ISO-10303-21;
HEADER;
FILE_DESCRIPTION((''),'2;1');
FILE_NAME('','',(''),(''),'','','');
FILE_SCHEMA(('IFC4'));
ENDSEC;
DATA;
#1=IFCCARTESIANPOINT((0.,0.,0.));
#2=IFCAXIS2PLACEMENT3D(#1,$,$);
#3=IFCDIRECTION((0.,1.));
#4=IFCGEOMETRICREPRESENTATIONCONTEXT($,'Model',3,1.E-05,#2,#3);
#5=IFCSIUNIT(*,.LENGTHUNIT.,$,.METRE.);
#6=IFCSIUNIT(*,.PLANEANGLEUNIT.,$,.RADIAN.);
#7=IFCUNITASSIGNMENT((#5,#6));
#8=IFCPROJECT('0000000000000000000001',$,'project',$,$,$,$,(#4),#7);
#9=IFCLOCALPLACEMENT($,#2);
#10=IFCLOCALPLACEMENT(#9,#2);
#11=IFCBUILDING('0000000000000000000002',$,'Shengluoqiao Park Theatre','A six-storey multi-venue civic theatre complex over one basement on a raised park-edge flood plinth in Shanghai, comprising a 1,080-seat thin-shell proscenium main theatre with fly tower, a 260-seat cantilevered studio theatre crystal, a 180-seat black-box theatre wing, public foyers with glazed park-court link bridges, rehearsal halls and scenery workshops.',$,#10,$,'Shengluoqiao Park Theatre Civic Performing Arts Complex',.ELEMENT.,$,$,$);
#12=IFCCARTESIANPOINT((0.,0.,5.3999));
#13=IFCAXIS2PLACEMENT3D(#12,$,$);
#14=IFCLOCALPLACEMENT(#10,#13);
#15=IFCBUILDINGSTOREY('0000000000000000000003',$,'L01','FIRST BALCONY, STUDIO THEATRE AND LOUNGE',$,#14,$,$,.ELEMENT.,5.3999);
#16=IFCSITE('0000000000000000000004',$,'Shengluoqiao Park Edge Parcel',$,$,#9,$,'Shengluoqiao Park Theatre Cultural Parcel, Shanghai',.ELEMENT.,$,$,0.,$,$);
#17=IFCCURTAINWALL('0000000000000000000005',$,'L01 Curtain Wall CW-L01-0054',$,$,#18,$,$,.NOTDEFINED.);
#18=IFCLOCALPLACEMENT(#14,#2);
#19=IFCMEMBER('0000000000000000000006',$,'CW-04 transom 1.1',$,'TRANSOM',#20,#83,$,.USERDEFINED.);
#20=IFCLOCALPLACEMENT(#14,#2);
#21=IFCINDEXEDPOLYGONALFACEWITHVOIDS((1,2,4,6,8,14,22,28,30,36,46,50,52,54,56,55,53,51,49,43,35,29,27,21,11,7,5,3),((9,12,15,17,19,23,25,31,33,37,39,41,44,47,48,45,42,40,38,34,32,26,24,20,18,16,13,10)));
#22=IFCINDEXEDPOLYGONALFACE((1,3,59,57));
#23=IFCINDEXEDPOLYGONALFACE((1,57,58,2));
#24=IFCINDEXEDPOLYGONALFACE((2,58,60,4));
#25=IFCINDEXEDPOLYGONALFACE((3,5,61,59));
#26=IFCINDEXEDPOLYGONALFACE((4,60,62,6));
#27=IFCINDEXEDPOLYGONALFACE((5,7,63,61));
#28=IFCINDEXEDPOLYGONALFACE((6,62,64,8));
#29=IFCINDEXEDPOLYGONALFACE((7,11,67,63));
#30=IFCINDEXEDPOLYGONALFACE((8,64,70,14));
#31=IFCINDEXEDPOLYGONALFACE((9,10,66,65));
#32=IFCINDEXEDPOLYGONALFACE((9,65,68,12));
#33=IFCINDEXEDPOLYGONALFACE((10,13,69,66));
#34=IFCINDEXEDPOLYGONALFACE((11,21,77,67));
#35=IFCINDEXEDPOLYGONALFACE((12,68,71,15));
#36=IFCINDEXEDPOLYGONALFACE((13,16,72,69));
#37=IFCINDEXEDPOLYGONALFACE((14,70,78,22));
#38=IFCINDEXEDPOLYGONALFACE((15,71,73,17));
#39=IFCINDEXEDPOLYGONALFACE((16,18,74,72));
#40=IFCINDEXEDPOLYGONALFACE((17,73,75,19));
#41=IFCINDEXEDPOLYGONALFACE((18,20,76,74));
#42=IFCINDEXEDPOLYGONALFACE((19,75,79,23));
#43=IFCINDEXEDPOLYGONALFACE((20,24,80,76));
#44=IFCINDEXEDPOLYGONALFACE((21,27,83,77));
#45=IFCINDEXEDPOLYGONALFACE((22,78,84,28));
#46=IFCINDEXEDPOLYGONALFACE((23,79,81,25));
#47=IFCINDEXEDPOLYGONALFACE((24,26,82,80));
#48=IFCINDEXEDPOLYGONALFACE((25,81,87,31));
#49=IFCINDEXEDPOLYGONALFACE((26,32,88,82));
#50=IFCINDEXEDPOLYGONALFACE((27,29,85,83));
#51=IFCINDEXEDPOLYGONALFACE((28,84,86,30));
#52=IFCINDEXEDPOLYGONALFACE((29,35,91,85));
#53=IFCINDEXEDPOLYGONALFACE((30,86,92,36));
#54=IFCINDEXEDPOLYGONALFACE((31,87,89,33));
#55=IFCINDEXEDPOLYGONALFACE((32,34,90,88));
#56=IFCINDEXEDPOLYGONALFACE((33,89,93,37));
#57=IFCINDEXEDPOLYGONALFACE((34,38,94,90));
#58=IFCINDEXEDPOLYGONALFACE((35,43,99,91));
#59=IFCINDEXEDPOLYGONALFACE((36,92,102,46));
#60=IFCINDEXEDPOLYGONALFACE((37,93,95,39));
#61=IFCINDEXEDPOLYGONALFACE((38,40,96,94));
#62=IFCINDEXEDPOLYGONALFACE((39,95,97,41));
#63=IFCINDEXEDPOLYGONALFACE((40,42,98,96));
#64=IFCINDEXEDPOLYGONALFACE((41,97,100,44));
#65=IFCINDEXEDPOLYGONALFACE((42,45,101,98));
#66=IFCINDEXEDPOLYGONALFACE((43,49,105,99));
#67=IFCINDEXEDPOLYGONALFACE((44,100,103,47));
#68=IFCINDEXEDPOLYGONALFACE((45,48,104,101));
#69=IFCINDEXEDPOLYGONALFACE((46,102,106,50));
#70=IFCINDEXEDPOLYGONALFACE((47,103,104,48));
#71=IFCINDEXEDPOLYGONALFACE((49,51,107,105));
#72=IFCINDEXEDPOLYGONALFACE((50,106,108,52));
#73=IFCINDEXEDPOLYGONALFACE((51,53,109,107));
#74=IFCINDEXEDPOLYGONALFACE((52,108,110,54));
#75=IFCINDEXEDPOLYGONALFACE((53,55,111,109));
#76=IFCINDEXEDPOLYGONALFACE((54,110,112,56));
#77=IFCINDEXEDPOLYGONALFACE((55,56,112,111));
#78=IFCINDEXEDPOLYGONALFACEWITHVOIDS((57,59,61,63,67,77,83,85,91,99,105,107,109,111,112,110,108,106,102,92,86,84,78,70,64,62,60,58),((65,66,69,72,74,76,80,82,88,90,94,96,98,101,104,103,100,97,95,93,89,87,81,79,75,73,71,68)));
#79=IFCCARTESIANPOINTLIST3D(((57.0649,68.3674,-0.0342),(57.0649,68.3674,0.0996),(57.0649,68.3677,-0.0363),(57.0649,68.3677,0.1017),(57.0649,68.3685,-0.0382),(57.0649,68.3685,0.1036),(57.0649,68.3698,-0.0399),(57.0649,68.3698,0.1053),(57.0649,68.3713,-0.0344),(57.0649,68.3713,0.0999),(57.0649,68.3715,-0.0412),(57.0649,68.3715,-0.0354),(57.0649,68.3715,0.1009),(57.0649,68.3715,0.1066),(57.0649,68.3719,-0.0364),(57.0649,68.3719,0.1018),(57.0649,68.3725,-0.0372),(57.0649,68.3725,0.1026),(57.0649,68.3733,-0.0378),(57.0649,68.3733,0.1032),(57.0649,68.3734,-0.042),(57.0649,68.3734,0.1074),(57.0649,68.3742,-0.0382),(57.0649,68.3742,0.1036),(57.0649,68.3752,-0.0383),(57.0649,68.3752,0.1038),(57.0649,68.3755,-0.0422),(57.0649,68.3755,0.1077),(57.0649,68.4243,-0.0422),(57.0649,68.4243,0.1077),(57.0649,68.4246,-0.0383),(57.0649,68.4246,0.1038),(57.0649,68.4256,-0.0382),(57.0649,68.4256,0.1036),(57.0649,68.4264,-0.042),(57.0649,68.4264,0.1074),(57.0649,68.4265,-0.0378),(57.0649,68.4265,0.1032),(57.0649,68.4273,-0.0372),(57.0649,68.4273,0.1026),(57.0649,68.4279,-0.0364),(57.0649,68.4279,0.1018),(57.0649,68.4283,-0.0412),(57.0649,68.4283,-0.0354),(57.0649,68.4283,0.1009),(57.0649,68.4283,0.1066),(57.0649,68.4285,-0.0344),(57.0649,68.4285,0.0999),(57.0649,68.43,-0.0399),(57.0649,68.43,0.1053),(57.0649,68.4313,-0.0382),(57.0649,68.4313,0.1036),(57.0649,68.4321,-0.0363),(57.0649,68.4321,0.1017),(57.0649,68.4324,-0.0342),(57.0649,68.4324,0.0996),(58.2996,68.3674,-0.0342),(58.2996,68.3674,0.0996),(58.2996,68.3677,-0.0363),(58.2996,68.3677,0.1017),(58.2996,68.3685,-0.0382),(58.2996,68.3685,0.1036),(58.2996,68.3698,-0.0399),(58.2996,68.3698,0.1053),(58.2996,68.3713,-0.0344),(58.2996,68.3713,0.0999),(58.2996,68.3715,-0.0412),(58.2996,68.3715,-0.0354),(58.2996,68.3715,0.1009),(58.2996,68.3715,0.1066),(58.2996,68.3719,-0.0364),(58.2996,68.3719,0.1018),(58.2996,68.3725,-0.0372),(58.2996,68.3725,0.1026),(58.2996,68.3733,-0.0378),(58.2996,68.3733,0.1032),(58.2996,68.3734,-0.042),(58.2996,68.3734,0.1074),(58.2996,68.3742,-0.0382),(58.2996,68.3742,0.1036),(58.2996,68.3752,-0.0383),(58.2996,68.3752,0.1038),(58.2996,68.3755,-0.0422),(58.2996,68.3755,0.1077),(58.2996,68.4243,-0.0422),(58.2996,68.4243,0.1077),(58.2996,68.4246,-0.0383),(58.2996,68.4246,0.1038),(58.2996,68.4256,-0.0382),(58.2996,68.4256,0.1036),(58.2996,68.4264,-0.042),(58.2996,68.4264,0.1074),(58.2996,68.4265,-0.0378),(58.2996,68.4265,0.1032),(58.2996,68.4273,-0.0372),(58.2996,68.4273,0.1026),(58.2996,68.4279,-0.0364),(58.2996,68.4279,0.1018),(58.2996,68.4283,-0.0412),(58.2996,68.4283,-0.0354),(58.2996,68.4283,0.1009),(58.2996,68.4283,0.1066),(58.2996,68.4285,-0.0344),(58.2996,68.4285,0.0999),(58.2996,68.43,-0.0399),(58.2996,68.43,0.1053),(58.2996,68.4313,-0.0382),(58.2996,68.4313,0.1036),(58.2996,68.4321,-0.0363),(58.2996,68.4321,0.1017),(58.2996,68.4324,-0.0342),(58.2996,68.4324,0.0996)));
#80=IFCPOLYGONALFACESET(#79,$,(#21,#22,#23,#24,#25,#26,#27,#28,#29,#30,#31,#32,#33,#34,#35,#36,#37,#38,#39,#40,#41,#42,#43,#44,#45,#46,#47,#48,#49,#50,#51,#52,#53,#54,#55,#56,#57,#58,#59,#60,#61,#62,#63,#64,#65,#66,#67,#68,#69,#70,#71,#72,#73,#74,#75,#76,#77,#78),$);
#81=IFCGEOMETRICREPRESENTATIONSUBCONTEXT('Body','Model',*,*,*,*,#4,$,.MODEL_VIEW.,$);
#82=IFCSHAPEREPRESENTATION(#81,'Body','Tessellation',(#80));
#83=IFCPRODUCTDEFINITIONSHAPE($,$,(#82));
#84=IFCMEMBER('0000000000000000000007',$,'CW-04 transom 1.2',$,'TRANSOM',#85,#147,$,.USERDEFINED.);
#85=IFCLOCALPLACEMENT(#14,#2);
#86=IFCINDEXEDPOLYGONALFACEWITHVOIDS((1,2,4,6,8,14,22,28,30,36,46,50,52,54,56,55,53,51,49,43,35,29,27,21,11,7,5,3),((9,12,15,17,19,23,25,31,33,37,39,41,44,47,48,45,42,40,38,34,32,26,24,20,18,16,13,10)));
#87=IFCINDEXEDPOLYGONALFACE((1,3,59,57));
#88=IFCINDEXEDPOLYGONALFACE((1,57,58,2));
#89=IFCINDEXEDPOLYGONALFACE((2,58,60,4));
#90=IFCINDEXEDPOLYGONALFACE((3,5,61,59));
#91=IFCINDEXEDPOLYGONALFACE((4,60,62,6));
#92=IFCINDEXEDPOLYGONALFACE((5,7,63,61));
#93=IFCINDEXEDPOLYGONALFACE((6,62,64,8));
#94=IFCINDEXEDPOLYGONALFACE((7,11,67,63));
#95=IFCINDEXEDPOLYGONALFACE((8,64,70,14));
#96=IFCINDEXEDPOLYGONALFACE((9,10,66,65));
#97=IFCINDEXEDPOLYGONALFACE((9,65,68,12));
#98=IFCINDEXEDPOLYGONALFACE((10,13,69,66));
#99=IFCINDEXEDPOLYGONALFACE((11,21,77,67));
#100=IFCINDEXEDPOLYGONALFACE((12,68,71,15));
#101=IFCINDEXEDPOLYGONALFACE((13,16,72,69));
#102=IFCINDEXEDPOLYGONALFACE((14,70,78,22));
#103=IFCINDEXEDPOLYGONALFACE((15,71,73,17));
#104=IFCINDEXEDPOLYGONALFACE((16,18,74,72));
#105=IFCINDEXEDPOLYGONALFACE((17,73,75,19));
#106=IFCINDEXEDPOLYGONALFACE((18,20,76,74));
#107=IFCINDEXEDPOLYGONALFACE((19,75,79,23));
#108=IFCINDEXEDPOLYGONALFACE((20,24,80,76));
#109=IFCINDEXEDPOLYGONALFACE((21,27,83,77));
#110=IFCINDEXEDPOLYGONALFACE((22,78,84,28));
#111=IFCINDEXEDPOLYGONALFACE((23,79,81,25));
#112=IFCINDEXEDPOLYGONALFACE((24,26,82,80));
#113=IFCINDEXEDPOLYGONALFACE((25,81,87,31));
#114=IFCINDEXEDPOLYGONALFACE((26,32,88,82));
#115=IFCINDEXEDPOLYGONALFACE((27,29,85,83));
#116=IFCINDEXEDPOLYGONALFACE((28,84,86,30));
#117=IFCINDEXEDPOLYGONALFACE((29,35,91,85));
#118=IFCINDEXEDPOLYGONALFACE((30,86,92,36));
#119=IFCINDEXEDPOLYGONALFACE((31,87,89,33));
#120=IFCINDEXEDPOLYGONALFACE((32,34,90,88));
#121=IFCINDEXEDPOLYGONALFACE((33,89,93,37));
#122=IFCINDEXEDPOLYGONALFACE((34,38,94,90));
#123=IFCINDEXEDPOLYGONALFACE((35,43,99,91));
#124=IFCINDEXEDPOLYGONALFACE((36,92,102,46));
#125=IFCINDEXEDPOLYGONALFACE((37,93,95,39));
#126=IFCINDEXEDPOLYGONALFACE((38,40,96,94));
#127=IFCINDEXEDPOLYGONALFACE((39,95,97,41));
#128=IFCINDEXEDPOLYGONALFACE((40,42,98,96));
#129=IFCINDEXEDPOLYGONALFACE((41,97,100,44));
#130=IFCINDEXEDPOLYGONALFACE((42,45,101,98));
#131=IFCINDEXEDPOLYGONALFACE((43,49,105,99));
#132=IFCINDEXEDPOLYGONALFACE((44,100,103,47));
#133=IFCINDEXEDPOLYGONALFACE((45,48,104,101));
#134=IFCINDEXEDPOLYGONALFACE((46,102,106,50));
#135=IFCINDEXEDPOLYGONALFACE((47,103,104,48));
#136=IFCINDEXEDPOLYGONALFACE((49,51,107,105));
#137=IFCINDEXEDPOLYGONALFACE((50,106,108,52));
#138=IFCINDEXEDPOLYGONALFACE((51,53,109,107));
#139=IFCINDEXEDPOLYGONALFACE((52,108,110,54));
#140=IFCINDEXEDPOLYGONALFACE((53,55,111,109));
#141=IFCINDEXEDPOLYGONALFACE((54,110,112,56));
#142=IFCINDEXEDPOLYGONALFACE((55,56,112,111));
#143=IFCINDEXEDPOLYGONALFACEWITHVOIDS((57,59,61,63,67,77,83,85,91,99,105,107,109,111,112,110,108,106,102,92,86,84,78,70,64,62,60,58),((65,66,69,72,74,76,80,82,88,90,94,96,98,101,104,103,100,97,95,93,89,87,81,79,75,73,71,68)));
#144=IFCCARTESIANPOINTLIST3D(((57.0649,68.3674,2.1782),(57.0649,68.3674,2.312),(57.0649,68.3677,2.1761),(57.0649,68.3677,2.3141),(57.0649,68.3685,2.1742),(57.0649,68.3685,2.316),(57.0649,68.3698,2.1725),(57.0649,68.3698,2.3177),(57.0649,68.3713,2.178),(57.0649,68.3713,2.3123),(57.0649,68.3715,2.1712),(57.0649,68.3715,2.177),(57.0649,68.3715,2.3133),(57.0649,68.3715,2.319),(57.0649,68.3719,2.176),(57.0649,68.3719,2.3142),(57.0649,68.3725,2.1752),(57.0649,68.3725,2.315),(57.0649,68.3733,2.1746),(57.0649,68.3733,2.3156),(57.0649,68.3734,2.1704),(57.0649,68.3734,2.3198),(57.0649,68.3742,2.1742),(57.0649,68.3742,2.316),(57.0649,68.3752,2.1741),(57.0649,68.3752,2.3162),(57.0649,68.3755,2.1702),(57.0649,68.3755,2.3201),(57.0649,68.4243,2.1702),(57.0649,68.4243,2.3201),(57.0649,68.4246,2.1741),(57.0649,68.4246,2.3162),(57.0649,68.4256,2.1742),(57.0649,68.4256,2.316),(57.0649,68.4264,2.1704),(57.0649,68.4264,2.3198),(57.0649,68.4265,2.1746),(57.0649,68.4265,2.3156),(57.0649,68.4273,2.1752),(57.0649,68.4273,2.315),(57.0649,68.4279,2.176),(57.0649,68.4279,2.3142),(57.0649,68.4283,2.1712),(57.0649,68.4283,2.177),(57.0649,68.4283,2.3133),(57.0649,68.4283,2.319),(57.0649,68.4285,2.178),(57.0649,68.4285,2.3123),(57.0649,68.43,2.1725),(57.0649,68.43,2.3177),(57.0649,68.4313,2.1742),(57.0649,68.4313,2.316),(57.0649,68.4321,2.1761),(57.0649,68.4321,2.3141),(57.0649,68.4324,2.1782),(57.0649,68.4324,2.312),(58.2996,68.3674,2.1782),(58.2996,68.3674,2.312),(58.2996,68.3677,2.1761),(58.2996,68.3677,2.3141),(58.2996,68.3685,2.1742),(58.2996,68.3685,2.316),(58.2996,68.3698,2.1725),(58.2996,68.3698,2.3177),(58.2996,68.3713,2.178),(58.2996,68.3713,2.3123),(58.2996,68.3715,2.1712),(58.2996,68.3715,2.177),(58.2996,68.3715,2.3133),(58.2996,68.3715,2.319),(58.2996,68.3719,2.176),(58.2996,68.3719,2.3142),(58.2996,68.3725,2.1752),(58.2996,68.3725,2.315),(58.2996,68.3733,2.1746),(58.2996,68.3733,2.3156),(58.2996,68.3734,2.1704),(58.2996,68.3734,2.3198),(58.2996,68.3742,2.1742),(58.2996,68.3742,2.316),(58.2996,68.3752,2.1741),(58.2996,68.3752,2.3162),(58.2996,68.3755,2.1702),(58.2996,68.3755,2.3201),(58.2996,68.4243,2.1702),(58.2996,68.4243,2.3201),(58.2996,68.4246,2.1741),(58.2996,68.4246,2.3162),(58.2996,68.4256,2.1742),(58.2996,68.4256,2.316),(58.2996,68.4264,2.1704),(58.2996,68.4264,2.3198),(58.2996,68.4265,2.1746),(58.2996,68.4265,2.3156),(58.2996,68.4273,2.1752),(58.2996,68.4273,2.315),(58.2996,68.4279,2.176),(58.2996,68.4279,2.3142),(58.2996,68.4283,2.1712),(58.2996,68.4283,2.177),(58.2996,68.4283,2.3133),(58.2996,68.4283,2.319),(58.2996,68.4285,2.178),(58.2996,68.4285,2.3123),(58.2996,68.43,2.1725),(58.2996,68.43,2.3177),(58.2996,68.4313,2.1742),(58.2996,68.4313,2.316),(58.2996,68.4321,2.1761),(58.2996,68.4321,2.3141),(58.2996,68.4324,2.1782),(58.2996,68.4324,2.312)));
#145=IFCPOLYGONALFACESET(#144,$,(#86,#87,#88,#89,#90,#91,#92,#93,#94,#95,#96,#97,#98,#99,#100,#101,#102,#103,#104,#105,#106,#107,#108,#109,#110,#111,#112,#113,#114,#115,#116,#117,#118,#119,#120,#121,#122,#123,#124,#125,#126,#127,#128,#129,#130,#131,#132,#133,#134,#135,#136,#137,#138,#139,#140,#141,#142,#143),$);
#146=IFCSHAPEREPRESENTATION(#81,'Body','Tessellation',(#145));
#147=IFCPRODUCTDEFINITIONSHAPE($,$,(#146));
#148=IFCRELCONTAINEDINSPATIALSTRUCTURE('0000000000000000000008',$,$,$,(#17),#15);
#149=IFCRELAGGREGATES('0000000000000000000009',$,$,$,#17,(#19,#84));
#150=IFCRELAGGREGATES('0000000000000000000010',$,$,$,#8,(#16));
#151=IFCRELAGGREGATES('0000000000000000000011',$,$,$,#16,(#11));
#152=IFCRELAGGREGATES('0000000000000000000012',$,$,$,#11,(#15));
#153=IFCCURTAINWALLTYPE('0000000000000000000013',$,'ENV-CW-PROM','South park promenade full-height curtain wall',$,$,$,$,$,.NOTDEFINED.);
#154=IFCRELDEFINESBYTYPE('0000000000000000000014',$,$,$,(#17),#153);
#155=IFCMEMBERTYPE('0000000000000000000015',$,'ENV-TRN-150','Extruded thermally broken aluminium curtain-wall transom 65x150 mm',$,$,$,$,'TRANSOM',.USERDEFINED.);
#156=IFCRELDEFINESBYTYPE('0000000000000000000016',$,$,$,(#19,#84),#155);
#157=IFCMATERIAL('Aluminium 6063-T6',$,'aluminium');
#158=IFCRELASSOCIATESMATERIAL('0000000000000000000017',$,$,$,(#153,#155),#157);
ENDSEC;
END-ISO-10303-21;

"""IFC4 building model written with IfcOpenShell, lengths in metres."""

from ifc_helpers import new_model, si_unit, direction, frame, origin, origin_2d, place, context, subcontext, project, spatial, hollow_rectangle, extrude, material, material_profile, profile_set, type_object, element, aggregate, save


model = new_model("IFC4")

# Units and contexts
model_context = context("Model", 3, precision=1e-05, world=origin(), true_north=direction((0.0, 1.0)))
body_context = subcontext(model_context, "Body", "Model", "MODEL_VIEW")
ifc_project = project(units=[si_unit("LENGTHUNIT", "METRE"), si_unit("PLANEANGLEUNIT", "RADIAN")], contexts=[model_context])

# Site, building, storey
site_placement = place(None, origin())
site = spatial("IfcSite", under=ifc_project, at=site_placement, Name="Shengluoqiao Park Edge Parcel", LongName="Shengluoqiao Park Theatre Cultural Parcel, Shanghai", CompositionType="ELEMENT", RefElevation=0.0)
building_placement = place(site_placement, origin())
building = spatial("IfcBuilding", under=site, at=building_placement, Name="Shengluoqiao Park Theatre", Description="A six-storey multi-venue civic theatre complex over one basement on a raised park-edge flood plinth in Shanghai, comprising a 1,080-seat thin-shell proscenium main theatre with fly tower, a 260-seat cantilevered studio theatre crystal, a 180-seat black-box theatre wing, public foyers with glazed park-court link bridges, rehearsal halls and scenery workshops.", LongName="Shengluoqiao Park Theatre Civic Performing Arts Complex", CompositionType="ELEMENT")
storey_placement = place(building_placement, frame((0.0, 0.0, 5.3999)))
storey = spatial("IfcBuildingStorey", under=building, at=storey_placement, Name="L01", Description="FIRST BALCONY, STUDIO THEATRE AND LOUNGE", CompositionType="ELEMENT", Elevation=5.3999)

# Curtain wall
ifc_material_1 = material(Name="Aluminium 6063-T6", Category="aluminium")
curtain_wall_type = type_object("IfcCurtainWallType", Name="ENV-CW-PROM", Description="South park promenade full-height curtain wall", PredefinedType="NOTDEFINED", material=ifc_material_1)
curtain_wall_1_placement = place(storey_placement, origin())
curtain_wall_1 = element("IfcCurtainWall", 1, at=curtain_wall_1_placement, inside=storey, type_object=curtain_wall_type, Name="L01 Curtain Wall CW-L01-0054", PredefinedType="NOTDEFINED")

# Members
ifc_material_profile_1 = material_profile(ifc_material_1, hollow_rectangle(XDim=0.0649, YDim=0.1499, WallThickness=0.0039, InnerFilletRadius=0.0039, OuterFilletRadius=0.0081, at=origin_2d()), Name="ALU TRANSOM 150x65x4")
ifc_profile_set_1 = profile_set([ifc_material_profile_1], Name="Aluminium 6063-T6")
member_type_1 = type_object("IfcMemberType", Name="ENV-TRN-150", Description="Extruded thermally broken aluminium curtain-wall transom 65x150 mm", ElementType="TRANSOM", PredefinedType="USERDEFINED", material=ifc_profile_set_1)
member_1_placement = place(storey_placement, frame((57.0649, 68.3999, 0.0327), z_axis=(1.0, 0.0, 0.0), x_axis=(0.0, 1.0, 0.0)))
member_1 = element("IfcMember", 2, at=member_1_placement, type_object=member_type_1, Name="CW-04 transom 1.1", ObjectType="TRANSOM", PredefinedType="USERDEFINED", context=body_context, shape_type="SweptSolid", body=[
    extrude(hollow_rectangle(XDim=0.0649, YDim=0.1499, WallThickness=0.0039, InnerFilletRadius=0.0039, OuterFilletRadius=0.0081, at=origin_2d()), origin(), (0.0, 0.0, 1.0), 1.2346),
])
member_2_placement = place(storey_placement, frame((57.0649, 68.3999, 2.2451), z_axis=(1.0, 0.0, 0.0), x_axis=(0.0, 1.0, 0.0)))
member_2 = element("IfcMember", 3, at=member_2_placement, type_object=member_type_1, Name="CW-04 transom 1.2", ObjectType="TRANSOM", PredefinedType="USERDEFINED", context=body_context, shape_type="SweptSolid", body=[
    extrude(hollow_rectangle(XDim=0.0649, YDim=0.1499, WallThickness=0.0039, InnerFilletRadius=0.0039, OuterFilletRadius=0.0081, at=origin_2d()), origin(), (0.0, 0.0, 1.0), 1.2346),
])

aggregate(curtain_wall_1, [member_1, member_2])

save(model, "model.ifc")
